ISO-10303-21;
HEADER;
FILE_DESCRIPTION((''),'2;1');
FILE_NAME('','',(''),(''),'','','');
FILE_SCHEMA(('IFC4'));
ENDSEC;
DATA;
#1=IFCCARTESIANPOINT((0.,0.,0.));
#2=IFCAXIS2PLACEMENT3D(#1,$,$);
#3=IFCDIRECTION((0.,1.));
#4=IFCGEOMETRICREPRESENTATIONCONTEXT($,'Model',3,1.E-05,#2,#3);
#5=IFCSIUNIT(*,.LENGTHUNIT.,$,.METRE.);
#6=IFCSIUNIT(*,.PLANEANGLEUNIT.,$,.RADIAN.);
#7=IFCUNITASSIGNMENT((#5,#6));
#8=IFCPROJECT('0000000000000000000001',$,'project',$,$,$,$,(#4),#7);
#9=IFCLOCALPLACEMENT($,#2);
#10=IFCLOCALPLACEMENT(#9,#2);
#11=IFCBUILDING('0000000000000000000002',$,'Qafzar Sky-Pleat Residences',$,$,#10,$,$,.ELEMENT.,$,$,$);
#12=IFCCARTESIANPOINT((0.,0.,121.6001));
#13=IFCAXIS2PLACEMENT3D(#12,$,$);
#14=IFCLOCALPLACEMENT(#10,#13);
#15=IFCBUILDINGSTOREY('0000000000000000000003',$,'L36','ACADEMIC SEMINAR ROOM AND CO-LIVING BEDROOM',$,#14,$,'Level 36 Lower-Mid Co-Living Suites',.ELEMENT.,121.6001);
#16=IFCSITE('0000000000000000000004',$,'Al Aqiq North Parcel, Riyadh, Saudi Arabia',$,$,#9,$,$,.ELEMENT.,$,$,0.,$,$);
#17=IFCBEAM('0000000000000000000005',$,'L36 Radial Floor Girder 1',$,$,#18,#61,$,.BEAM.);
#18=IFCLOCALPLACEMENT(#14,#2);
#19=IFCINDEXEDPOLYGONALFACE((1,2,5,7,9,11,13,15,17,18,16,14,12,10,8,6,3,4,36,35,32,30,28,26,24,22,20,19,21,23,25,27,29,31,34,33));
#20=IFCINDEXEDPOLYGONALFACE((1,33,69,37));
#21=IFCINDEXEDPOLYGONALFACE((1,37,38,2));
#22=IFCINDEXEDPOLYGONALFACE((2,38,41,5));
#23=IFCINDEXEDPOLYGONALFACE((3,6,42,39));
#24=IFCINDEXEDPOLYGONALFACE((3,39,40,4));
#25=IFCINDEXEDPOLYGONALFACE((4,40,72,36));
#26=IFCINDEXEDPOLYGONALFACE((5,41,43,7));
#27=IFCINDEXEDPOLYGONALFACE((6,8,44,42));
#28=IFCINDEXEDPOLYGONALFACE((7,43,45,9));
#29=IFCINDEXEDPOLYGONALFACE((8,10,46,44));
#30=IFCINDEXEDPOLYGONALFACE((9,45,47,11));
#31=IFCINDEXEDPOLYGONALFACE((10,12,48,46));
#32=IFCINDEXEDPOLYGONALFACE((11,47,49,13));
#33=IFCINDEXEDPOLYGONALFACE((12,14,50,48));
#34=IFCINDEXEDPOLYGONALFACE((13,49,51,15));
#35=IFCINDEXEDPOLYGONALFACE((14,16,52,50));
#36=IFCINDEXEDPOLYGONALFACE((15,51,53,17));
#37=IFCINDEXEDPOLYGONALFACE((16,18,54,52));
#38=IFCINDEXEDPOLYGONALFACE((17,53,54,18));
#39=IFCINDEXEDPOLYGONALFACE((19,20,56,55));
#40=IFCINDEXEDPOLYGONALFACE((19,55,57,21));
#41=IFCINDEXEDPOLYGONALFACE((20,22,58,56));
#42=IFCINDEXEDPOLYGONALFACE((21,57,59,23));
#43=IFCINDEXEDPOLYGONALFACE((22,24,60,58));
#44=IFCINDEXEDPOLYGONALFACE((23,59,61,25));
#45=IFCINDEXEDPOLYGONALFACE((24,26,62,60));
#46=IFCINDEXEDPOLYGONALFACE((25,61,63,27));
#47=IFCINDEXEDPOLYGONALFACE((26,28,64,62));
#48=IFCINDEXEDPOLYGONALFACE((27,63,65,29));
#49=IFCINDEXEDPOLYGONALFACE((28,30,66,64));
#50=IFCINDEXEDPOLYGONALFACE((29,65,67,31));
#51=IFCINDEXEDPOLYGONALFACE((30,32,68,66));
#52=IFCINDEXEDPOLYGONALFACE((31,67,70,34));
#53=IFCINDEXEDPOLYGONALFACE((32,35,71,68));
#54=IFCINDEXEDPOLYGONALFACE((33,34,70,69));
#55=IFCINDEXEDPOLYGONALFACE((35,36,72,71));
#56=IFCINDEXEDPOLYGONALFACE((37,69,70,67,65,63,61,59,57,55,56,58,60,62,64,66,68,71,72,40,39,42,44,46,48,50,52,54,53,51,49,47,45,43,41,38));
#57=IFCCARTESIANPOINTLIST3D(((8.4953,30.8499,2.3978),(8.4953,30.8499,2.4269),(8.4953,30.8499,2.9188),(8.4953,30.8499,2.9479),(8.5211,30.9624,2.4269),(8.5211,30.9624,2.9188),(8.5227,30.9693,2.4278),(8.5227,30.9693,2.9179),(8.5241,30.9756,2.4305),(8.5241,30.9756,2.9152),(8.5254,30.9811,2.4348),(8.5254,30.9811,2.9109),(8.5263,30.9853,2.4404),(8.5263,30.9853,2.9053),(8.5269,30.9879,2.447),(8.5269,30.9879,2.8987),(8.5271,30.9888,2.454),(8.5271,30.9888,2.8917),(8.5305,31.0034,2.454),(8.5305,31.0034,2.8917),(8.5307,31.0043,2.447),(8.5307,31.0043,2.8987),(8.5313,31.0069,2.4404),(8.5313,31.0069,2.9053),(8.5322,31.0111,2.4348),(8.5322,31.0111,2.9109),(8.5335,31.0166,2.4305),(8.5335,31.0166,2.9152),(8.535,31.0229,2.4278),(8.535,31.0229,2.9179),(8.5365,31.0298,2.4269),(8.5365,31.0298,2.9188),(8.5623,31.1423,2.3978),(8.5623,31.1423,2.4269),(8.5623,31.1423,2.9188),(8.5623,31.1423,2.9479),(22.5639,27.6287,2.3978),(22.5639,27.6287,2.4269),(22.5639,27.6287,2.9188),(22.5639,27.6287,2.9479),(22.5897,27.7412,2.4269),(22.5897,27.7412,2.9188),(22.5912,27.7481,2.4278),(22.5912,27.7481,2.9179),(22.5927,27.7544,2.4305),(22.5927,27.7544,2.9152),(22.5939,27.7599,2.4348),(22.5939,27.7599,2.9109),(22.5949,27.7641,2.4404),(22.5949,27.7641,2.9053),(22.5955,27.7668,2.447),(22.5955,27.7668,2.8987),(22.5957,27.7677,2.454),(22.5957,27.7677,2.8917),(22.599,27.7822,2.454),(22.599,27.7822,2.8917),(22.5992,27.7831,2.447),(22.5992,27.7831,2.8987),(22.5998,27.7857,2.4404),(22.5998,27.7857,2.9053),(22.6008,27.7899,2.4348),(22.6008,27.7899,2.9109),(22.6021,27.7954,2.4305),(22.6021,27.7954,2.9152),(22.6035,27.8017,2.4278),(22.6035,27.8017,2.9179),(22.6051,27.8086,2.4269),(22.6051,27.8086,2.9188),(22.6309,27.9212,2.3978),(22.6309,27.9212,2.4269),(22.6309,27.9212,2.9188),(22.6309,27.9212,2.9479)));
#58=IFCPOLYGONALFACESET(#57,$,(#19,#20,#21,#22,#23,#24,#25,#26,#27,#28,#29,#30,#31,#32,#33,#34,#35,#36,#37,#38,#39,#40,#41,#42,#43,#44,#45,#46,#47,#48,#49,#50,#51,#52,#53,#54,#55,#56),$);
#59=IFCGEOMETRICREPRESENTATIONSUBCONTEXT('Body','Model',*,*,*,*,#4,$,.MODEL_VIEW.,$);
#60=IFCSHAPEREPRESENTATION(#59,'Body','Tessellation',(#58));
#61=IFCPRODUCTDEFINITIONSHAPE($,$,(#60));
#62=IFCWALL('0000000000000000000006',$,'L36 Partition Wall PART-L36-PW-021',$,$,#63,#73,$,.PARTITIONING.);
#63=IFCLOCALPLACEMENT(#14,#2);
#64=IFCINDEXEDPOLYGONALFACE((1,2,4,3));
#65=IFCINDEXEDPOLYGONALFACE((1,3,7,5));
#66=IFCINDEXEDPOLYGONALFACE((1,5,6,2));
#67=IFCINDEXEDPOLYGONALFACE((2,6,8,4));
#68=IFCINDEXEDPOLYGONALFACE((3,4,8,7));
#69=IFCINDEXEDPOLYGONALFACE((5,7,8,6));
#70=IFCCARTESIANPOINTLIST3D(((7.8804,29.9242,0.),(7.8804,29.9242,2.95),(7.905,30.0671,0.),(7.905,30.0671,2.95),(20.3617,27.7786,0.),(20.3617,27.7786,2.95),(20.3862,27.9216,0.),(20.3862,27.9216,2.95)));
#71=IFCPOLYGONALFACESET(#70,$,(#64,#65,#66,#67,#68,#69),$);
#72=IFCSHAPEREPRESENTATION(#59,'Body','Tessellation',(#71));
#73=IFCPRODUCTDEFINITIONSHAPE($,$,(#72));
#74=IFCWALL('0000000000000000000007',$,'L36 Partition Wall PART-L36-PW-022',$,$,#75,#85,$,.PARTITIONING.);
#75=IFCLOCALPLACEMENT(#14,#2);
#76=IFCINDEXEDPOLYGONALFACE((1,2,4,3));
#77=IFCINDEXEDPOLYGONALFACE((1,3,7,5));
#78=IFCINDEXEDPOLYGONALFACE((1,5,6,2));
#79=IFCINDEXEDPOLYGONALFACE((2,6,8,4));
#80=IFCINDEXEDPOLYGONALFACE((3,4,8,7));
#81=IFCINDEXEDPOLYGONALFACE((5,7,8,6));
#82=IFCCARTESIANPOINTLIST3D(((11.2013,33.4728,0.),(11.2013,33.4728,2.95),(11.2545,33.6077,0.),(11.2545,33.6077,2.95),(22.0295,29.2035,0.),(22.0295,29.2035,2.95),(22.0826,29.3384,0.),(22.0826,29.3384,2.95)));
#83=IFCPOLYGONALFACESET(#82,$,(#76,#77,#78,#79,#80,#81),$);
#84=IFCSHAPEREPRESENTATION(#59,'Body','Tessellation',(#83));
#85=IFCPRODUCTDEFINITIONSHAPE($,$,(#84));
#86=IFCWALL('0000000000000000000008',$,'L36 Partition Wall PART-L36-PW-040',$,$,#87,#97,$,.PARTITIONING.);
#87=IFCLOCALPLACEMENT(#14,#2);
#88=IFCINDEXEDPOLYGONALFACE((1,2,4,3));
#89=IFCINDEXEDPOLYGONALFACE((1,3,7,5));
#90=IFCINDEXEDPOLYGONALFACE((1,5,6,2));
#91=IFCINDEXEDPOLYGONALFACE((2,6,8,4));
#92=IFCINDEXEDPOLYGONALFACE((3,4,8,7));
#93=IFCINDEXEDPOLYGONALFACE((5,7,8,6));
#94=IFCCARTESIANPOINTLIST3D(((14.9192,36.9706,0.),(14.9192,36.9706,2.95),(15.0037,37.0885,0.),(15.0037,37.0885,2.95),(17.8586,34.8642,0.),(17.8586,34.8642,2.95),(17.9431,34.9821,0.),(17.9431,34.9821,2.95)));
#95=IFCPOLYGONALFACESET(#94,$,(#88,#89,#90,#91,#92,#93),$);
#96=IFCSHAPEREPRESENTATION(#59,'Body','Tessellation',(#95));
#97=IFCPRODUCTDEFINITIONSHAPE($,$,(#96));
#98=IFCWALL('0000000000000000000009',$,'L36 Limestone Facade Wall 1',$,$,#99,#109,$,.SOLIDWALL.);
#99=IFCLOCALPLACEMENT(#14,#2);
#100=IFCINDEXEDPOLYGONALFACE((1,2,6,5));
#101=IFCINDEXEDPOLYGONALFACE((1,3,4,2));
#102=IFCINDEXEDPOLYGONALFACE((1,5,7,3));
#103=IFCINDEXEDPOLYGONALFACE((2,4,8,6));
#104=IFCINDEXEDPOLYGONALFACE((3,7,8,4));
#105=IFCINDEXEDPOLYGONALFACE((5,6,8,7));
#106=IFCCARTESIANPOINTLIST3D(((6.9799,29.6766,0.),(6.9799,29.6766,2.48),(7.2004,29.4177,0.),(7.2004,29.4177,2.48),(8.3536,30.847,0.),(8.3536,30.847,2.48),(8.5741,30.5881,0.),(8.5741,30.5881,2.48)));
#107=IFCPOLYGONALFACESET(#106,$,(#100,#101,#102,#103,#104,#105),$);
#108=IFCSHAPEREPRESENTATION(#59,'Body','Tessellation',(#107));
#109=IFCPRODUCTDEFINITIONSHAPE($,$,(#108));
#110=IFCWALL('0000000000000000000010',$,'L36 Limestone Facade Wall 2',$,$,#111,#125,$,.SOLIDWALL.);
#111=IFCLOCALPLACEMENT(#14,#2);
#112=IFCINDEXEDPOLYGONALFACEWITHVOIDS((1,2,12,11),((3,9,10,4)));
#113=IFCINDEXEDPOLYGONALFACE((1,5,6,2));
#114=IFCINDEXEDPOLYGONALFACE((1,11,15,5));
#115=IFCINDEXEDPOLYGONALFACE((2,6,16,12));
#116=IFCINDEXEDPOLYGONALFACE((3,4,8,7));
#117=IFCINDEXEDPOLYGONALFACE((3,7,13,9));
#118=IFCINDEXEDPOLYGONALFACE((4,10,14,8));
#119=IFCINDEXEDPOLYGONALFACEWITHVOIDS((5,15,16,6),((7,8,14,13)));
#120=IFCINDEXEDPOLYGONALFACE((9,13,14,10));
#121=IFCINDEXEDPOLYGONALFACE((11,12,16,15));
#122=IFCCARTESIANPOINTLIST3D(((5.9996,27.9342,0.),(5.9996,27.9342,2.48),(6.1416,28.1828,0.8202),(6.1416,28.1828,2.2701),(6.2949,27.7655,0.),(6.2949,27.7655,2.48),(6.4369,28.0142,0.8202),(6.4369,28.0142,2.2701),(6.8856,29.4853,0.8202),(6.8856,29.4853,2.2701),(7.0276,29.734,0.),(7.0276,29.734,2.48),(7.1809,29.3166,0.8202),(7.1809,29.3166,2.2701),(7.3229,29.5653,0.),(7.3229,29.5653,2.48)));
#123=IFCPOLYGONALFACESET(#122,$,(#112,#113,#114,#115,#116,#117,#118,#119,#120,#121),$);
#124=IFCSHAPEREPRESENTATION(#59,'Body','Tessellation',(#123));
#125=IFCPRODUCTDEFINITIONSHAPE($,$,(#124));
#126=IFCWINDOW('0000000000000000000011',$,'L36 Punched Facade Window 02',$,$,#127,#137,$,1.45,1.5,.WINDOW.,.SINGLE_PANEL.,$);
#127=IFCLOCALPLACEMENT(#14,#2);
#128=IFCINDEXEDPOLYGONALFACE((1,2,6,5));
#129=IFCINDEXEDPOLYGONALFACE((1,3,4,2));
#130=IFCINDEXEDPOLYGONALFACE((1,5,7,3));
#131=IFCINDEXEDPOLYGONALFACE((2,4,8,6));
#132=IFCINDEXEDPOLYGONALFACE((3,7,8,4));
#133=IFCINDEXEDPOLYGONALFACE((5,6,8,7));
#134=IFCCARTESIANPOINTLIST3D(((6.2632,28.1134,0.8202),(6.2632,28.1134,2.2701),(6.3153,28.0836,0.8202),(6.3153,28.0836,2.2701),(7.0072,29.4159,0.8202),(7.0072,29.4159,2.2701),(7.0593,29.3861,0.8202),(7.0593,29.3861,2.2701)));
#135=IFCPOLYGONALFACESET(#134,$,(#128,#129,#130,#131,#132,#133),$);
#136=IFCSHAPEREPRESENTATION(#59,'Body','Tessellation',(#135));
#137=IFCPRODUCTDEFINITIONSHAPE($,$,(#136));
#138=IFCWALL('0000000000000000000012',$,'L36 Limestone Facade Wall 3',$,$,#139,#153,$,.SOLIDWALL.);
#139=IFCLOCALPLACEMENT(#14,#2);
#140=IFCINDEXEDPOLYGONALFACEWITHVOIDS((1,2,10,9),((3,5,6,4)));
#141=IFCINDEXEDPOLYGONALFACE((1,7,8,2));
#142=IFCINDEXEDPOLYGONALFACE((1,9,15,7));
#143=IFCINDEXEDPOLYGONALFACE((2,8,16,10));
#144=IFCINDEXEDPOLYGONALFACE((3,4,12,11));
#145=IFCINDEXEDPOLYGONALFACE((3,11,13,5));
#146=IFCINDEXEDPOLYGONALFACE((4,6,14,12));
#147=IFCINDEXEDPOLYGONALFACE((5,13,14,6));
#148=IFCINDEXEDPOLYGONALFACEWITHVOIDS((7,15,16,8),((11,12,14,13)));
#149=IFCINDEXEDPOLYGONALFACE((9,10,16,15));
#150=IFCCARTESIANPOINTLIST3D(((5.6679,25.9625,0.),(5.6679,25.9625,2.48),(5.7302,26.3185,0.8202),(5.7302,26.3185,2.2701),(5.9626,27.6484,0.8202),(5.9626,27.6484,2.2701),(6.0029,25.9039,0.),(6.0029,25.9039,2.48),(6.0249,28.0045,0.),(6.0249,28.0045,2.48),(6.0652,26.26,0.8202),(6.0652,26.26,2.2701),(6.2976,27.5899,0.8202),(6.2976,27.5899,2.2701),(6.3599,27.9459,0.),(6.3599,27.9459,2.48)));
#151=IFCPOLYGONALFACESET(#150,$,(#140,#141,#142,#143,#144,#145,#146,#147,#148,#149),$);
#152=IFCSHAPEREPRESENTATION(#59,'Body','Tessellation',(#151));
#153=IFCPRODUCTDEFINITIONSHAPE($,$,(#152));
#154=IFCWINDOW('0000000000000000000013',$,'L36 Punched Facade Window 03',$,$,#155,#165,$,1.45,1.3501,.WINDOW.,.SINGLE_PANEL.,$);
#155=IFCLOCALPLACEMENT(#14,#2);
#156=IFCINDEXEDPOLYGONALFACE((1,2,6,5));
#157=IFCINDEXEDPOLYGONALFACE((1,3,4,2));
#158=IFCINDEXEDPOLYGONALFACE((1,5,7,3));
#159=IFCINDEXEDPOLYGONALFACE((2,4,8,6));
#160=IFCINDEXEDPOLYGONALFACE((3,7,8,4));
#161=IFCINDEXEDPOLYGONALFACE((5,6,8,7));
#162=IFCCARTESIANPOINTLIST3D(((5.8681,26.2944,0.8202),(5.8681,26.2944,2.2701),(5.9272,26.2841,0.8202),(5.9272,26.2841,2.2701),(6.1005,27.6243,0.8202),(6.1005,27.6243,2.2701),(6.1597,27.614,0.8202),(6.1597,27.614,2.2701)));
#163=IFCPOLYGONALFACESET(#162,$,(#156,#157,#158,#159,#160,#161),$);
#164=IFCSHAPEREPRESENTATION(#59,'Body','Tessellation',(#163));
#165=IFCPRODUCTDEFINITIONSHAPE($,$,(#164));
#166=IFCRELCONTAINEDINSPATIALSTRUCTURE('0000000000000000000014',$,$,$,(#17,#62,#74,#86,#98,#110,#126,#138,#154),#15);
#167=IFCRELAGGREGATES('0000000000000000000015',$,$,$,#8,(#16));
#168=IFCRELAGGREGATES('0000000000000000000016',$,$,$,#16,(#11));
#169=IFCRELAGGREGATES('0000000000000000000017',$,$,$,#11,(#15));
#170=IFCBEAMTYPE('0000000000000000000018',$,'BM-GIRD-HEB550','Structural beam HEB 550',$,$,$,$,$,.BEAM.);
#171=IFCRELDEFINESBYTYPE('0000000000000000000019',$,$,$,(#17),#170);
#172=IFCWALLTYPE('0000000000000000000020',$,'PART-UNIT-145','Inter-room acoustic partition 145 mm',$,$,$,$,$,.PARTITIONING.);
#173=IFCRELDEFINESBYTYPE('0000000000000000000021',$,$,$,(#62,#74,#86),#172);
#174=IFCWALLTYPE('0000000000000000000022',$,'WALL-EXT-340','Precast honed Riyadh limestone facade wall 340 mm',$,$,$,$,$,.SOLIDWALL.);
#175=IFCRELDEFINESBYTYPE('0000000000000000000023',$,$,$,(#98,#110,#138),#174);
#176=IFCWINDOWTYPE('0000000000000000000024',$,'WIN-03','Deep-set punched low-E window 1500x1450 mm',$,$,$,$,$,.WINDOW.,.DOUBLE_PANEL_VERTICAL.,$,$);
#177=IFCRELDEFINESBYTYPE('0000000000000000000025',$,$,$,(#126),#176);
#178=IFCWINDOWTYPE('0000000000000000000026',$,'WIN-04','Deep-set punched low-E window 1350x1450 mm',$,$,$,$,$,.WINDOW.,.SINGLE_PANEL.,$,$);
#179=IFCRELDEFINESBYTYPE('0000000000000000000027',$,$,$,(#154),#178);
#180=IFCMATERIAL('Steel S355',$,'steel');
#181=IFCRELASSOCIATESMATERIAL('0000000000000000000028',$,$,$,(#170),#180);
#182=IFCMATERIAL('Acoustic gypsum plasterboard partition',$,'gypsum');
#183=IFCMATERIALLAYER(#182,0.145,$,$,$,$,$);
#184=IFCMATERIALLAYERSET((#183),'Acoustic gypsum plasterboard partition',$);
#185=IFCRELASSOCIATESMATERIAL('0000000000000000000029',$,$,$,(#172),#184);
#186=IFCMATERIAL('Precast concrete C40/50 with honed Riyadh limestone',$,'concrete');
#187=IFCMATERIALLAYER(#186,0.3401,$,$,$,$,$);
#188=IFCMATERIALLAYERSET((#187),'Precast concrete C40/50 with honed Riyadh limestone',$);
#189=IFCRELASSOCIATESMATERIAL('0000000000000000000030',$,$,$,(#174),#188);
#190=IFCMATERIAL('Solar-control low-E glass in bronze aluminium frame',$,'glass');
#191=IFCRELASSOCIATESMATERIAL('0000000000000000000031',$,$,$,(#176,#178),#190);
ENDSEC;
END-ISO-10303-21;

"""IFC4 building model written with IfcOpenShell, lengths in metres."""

from ifc_helpers import new_model, si_unit, direction, frame, frame_2d, origin, origin_2d, place, context, subcontext, project, spatial, rectangle, i_section, extrude, source, transform, mapped, material, layer, layer_set, material_profile, profile_set, type_object, element, fill, save


model = new_model("IFC4")

# Units and contexts
model_context = context("Model", 3, precision=1e-05, world=origin(), true_north=direction((0.0, 1.0)))
body_context = subcontext(model_context, "Body", "Model", "MODEL_VIEW")
ifc_project = project(units=[si_unit("LENGTHUNIT", "METRE"), si_unit("PLANEANGLEUNIT", "RADIAN")], contexts=[model_context])

# Site, building, storey
site_placement = place(None, origin())
site = spatial("IfcSite", under=ifc_project, at=site_placement, Name="Al Aqiq North Parcel, Riyadh, Saudi Arabia", CompositionType="ELEMENT", RefElevation=0.0)
building_placement = place(site_placement, origin())
building = spatial("IfcBuilding", under=site, at=building_placement, Name="Qafzar Sky-Pleat Residences", CompositionType="ELEMENT")
storey_placement = place(building_placement, frame((0.0, 0.0, 121.6001)))
storey = spatial("IfcBuildingStorey", under=building, at=storey_placement, Name="L36", Description="ACADEMIC SEMINAR ROOM AND CO-LIVING BEDROOM", LongName="Level 36 Lower-Mid Co-Living Suites", CompositionType="ELEMENT", Elevation=121.6001)

# Beam
ifc_material_1 = material(Name="Steel S355", Category="steel")
ifc_material_profile_1 = material_profile(ifc_material_1, i_section(OverallWidth=0.3, OverallDepth=0.55, WebThickness=0.0149, FlangeThickness=0.0291, FilletRadius=0.0271, at=origin_2d()), Name="HEB 550")
ifc_profile_set_1 = profile_set([ifc_material_profile_1], Name="Steel S355")
beam_type_1 = type_object("IfcBeamType", Name="BM-GIRD-HEB550", Description="Structural beam HEB 550", PredefinedType="BEAM", material=ifc_profile_set_1)
shared_shape_1 = source(origin(), body_context, "Body", "SweptSolid", [
    extrude(i_section(OverallWidth=0.3, OverallDepth=0.55, WebThickness=0.0149, FlangeThickness=0.0291, FilletRadius=0.0271, at=origin_2d()), origin(), (0.0, 0.0, 1.0), 14.4326),
])
beam_1_placement = place(storey_placement, frame((8.5288, 30.9961, 2.6729), z_axis=(0.974776, -0.223188, 0.0), x_axis=(0.223188, 0.974776, 0.0)))
element("IfcBeam", 1, at=beam_1_placement, inside=storey, type_object=beam_type_1, Name="L36 Radial Floor Girder 1", PredefinedType="BEAM", context=body_context, shape_type="MappedRepresentation", body=[
    mapped(shared_shape_1, transform((0.0, 0.0, 0.0), x_axis=(1.0, 0.0, 0.0), y_axis=(0.0, 1.0, 0.0), z_axis=(0.0, 0.0, 1.0), scale=1.0)),
])

# Walls
ifc_material_2 = material(Name="Acoustic gypsum plasterboard partition", Category="gypsum")
ifc_layer_1 = layer(ifc_material_2, 0.145)
ifc_layer_set_1 = layer_set([ifc_layer_1], Name="Acoustic gypsum plasterboard partition")
wall_type_1 = type_object("IfcWallType", Name="PART-UNIT-145", Description="Inter-room acoustic partition 145 mm", PredefinedType="PARTITIONING", material=ifc_layer_set_1)
wall_1_placement = place(storey_placement, frame((7.8928, 29.9956, 0.0), z_axis=(0.0, 0.0, 1.0), x_axis=(0.985545, -0.169414, 0.0)))
element("IfcWall", 2, at=wall_1_placement, inside=storey, type_object=wall_type_1, Name="L36 Partition Wall PART-L36-PW-021", PredefinedType="PARTITIONING", context=body_context, shape_type="SweptSolid", body=[
    extrude(rectangle(XDim=12.6643, YDim=0.145, at=frame_2d((6.332, 0.0))), origin(), (0.0, 0.0, 1.0), 2.95),
])
wall_2_placement = place(storey_placement, frame((11.2278, 33.5403, 0.0), z_axis=(0.0, 0.0, 1.0), x_axis=(0.930301, -0.366797, 0.0)))
element("IfcWall", 3, at=wall_2_placement, inside=storey, type_object=wall_type_1, Name="L36 Partition Wall PART-L36-PW-022", PredefinedType="PARTITIONING", context=body_context, shape_type="SweptSolid", body=[
    extrude(rectangle(XDim=11.6394, YDim=0.145, at=frame_2d((5.8198, 0.0))), origin(), (0.0, 0.0, 1.0), 2.95),
])
wall_3_placement = place(storey_placement, frame((14.9614, 37.0295, 0.0), z_axis=(0.0, 0.0, 1.0), x_axis=(0.812838, -0.582489, 0.0)))
element("IfcWall", 4, at=wall_3_placement, inside=storey, type_object=wall_type_1, Name="L36 Partition Wall PART-L36-PW-040", PredefinedType="PARTITIONING", context=body_context, shape_type="SweptSolid", body=[
    extrude(rectangle(XDim=3.6162, YDim=0.145, at=frame_2d((1.8081, 0.0))), origin(), (0.0, 0.0, 1.0), 2.95),
])
ifc_material_3 = material(Name="Precast concrete C40/50 with honed Riyadh limestone", Category="concrete")
ifc_layer_2 = layer(ifc_material_3, 0.3401)
ifc_layer_set_2 = layer_set([ifc_layer_2], Name="Precast concrete C40/50 with honed Riyadh limestone")
wall_type_2 = type_object("IfcWallType", Name="WALL-EXT-340", Description="Precast honed Riyadh limestone facade wall 340 mm", PredefinedType="SOLIDWALL", material=ifc_layer_set_2)
wall_4_placement = place(storey_placement, frame((8.4639, 30.7175, 0.0), z_axis=(0.0, 0.0, 1.0), x_axis=(-0.761201, -0.648516, 0.0)))
element("IfcWall", 5, at=wall_4_placement, inside=storey, type_object=wall_type_2, Name="L36 Limestone Facade Wall 1", PredefinedType="SOLIDWALL", context=body_context, shape_type="SweptSolid", body=[
    extrude(rectangle(XDim=1.8047, YDim=0.3401, at=frame_2d((0.9023, 0.0))), origin(), (0.0, 0.0, 1.0), 2.48),
])

# Walls, openings, windows
wall_5_placement = place(storey_placement, frame((7.1753, 29.6497, 0.0), z_axis=(0.0, 0.0, 1.0), x_axis=(-0.495999, -0.868323, 0.0)))
wall_5 = element("IfcWall", 6, at=wall_5_placement, inside=storey, type_object=wall_type_2, Name="L36 Limestone Facade Wall 2", PredefinedType="SOLIDWALL", context=body_context, shape_type="SweptSolid", body=[
    extrude(rectangle(XDim=2.0728, YDim=0.3401, at=frame_2d((1.0364, 0.0))), origin(), (0.0, 0.0, 1.0), 2.48),
])
opening_1_placement = place(wall_5_placement, frame((0.2864, 0.0, 0.8201)))
opening_1 = element("IfcOpeningElement", 7, at=opening_1_placement, cuts=wall_5, PredefinedType="OPENING", context=body_context, shape_type="SweptSolid", body=[
    extrude(rectangle(XDim=1.5, YDim=1.45, at=frame_2d((0.75, 0.7251))), frame((0.0, 0.1802, 0.0), z_axis=(0.0, -1.0, 0.0), x_axis=(1.0, 0.0, 0.0)), (0.0, 0.0, 1.0), 0.3601),
])
ifc_material_4 = material(Name="Solar-control low-E glass in bronze aluminium frame", Category="glass")
window_type_1 = type_object("IfcWindowType", Name="WIN-03", Description="Deep-set punched low-E window 1500x1450 mm", PartitioningType="DOUBLE_PANEL_VERTICAL", PredefinedType="WINDOW", material=ifc_material_4)
shared_shape_2 = source(origin(), body_context, "Body", "SweptSolid", [
    extrude(rectangle(XDim=1.5, YDim=1.45, at=frame_2d((0.75, 0.7251))), frame((0.0, 0.03, 0.0), z_axis=(0.0, -1.0, 0.0), x_axis=(1.0, 0.0, 0.0)), (0.0, 0.0, 1.0), 0.0601),
])
window_1_placement = place(opening_1_placement, origin())
window_1 = element("IfcWindow", 8, at=window_1_placement, inside=storey, type_object=window_type_1, Name="L36 Punched Facade Window 02", OverallHeight=1.45, OverallWidth=1.5, PartitioningType="SINGLE_PANEL", PredefinedType="WINDOW", context=body_context, shape_type="MappedRepresentation", body=[
    mapped(shared_shape_2, transform((0.0, 0.0, 0.0), x_axis=(1.0, 0.0, 0.0), y_axis=(0.0, 1.0, 0.0), z_axis=(0.0, 0.0, 1.0), scale=1.0)),
])
fill(opening_1, window_1)
wall_6_placement = place(storey_placement, frame((6.1924, 27.9753, 0.0), z_axis=(0.0, 0.0, 1.0), x_axis=(-0.172186, -0.985064, 0.0)))
wall_6 = element("IfcWall", 9, at=wall_6_placement, inside=storey, type_object=wall_type_2, Name="L36 Limestone Facade Wall 3", PredefinedType="SOLIDWALL", context=body_context, shape_type="SweptSolid", body=[
    extrude(rectangle(XDim=2.073, YDim=0.3401, at=frame_2d((1.0366, 0.0))), origin(), (0.0, 0.0, 1.0), 2.48),
])
opening_2_placement = place(wall_6_placement, frame((0.3616, 0.0, 0.8201)))
opening_2 = element("IfcOpeningElement", 10, at=opening_2_placement, cuts=wall_6, PredefinedType="OPENING", context=body_context, shape_type="SweptSolid", body=[
    extrude(rectangle(XDim=1.3501, YDim=1.45, at=frame_2d((0.675, 0.7251))), frame((0.0, 0.1802, 0.0), z_axis=(0.0, -1.0, 0.0), x_axis=(1.0, 0.0, 0.0)), (0.0, 0.0, 1.0), 0.3601),
])
window_type_2 = type_object("IfcWindowType", Name="WIN-04", Description="Deep-set punched low-E window 1350x1450 mm", PartitioningType="SINGLE_PANEL", PredefinedType="WINDOW", material=ifc_material_4)
shared_shape_3 = source(origin(), body_context, "Body", "SweptSolid", [
    extrude(rectangle(XDim=1.3501, YDim=1.45, at=frame_2d((0.675, 0.7251))), frame((0.0, 0.03, 0.0), z_axis=(0.0, -1.0, 0.0), x_axis=(1.0, 0.0, 0.0)), (0.0, 0.0, 1.0), 0.0601),
])
window_2_placement = place(opening_2_placement, origin())
window_2 = element("IfcWindow", 11, at=window_2_placement, inside=storey, type_object=window_type_2, Name="L36 Punched Facade Window 03", OverallHeight=1.45, OverallWidth=1.3501, PartitioningType="SINGLE_PANEL", PredefinedType="WINDOW", context=body_context, shape_type="MappedRepresentation", body=[
    mapped(shared_shape_3, transform((0.0, 0.0, 0.0), x_axis=(1.0, 0.0, 0.0), y_axis=(0.0, 1.0, 0.0), z_axis=(0.0, 0.0, 1.0), scale=1.0)),
])
fill(opening_2, window_2)

save(model, "model.ifc")
